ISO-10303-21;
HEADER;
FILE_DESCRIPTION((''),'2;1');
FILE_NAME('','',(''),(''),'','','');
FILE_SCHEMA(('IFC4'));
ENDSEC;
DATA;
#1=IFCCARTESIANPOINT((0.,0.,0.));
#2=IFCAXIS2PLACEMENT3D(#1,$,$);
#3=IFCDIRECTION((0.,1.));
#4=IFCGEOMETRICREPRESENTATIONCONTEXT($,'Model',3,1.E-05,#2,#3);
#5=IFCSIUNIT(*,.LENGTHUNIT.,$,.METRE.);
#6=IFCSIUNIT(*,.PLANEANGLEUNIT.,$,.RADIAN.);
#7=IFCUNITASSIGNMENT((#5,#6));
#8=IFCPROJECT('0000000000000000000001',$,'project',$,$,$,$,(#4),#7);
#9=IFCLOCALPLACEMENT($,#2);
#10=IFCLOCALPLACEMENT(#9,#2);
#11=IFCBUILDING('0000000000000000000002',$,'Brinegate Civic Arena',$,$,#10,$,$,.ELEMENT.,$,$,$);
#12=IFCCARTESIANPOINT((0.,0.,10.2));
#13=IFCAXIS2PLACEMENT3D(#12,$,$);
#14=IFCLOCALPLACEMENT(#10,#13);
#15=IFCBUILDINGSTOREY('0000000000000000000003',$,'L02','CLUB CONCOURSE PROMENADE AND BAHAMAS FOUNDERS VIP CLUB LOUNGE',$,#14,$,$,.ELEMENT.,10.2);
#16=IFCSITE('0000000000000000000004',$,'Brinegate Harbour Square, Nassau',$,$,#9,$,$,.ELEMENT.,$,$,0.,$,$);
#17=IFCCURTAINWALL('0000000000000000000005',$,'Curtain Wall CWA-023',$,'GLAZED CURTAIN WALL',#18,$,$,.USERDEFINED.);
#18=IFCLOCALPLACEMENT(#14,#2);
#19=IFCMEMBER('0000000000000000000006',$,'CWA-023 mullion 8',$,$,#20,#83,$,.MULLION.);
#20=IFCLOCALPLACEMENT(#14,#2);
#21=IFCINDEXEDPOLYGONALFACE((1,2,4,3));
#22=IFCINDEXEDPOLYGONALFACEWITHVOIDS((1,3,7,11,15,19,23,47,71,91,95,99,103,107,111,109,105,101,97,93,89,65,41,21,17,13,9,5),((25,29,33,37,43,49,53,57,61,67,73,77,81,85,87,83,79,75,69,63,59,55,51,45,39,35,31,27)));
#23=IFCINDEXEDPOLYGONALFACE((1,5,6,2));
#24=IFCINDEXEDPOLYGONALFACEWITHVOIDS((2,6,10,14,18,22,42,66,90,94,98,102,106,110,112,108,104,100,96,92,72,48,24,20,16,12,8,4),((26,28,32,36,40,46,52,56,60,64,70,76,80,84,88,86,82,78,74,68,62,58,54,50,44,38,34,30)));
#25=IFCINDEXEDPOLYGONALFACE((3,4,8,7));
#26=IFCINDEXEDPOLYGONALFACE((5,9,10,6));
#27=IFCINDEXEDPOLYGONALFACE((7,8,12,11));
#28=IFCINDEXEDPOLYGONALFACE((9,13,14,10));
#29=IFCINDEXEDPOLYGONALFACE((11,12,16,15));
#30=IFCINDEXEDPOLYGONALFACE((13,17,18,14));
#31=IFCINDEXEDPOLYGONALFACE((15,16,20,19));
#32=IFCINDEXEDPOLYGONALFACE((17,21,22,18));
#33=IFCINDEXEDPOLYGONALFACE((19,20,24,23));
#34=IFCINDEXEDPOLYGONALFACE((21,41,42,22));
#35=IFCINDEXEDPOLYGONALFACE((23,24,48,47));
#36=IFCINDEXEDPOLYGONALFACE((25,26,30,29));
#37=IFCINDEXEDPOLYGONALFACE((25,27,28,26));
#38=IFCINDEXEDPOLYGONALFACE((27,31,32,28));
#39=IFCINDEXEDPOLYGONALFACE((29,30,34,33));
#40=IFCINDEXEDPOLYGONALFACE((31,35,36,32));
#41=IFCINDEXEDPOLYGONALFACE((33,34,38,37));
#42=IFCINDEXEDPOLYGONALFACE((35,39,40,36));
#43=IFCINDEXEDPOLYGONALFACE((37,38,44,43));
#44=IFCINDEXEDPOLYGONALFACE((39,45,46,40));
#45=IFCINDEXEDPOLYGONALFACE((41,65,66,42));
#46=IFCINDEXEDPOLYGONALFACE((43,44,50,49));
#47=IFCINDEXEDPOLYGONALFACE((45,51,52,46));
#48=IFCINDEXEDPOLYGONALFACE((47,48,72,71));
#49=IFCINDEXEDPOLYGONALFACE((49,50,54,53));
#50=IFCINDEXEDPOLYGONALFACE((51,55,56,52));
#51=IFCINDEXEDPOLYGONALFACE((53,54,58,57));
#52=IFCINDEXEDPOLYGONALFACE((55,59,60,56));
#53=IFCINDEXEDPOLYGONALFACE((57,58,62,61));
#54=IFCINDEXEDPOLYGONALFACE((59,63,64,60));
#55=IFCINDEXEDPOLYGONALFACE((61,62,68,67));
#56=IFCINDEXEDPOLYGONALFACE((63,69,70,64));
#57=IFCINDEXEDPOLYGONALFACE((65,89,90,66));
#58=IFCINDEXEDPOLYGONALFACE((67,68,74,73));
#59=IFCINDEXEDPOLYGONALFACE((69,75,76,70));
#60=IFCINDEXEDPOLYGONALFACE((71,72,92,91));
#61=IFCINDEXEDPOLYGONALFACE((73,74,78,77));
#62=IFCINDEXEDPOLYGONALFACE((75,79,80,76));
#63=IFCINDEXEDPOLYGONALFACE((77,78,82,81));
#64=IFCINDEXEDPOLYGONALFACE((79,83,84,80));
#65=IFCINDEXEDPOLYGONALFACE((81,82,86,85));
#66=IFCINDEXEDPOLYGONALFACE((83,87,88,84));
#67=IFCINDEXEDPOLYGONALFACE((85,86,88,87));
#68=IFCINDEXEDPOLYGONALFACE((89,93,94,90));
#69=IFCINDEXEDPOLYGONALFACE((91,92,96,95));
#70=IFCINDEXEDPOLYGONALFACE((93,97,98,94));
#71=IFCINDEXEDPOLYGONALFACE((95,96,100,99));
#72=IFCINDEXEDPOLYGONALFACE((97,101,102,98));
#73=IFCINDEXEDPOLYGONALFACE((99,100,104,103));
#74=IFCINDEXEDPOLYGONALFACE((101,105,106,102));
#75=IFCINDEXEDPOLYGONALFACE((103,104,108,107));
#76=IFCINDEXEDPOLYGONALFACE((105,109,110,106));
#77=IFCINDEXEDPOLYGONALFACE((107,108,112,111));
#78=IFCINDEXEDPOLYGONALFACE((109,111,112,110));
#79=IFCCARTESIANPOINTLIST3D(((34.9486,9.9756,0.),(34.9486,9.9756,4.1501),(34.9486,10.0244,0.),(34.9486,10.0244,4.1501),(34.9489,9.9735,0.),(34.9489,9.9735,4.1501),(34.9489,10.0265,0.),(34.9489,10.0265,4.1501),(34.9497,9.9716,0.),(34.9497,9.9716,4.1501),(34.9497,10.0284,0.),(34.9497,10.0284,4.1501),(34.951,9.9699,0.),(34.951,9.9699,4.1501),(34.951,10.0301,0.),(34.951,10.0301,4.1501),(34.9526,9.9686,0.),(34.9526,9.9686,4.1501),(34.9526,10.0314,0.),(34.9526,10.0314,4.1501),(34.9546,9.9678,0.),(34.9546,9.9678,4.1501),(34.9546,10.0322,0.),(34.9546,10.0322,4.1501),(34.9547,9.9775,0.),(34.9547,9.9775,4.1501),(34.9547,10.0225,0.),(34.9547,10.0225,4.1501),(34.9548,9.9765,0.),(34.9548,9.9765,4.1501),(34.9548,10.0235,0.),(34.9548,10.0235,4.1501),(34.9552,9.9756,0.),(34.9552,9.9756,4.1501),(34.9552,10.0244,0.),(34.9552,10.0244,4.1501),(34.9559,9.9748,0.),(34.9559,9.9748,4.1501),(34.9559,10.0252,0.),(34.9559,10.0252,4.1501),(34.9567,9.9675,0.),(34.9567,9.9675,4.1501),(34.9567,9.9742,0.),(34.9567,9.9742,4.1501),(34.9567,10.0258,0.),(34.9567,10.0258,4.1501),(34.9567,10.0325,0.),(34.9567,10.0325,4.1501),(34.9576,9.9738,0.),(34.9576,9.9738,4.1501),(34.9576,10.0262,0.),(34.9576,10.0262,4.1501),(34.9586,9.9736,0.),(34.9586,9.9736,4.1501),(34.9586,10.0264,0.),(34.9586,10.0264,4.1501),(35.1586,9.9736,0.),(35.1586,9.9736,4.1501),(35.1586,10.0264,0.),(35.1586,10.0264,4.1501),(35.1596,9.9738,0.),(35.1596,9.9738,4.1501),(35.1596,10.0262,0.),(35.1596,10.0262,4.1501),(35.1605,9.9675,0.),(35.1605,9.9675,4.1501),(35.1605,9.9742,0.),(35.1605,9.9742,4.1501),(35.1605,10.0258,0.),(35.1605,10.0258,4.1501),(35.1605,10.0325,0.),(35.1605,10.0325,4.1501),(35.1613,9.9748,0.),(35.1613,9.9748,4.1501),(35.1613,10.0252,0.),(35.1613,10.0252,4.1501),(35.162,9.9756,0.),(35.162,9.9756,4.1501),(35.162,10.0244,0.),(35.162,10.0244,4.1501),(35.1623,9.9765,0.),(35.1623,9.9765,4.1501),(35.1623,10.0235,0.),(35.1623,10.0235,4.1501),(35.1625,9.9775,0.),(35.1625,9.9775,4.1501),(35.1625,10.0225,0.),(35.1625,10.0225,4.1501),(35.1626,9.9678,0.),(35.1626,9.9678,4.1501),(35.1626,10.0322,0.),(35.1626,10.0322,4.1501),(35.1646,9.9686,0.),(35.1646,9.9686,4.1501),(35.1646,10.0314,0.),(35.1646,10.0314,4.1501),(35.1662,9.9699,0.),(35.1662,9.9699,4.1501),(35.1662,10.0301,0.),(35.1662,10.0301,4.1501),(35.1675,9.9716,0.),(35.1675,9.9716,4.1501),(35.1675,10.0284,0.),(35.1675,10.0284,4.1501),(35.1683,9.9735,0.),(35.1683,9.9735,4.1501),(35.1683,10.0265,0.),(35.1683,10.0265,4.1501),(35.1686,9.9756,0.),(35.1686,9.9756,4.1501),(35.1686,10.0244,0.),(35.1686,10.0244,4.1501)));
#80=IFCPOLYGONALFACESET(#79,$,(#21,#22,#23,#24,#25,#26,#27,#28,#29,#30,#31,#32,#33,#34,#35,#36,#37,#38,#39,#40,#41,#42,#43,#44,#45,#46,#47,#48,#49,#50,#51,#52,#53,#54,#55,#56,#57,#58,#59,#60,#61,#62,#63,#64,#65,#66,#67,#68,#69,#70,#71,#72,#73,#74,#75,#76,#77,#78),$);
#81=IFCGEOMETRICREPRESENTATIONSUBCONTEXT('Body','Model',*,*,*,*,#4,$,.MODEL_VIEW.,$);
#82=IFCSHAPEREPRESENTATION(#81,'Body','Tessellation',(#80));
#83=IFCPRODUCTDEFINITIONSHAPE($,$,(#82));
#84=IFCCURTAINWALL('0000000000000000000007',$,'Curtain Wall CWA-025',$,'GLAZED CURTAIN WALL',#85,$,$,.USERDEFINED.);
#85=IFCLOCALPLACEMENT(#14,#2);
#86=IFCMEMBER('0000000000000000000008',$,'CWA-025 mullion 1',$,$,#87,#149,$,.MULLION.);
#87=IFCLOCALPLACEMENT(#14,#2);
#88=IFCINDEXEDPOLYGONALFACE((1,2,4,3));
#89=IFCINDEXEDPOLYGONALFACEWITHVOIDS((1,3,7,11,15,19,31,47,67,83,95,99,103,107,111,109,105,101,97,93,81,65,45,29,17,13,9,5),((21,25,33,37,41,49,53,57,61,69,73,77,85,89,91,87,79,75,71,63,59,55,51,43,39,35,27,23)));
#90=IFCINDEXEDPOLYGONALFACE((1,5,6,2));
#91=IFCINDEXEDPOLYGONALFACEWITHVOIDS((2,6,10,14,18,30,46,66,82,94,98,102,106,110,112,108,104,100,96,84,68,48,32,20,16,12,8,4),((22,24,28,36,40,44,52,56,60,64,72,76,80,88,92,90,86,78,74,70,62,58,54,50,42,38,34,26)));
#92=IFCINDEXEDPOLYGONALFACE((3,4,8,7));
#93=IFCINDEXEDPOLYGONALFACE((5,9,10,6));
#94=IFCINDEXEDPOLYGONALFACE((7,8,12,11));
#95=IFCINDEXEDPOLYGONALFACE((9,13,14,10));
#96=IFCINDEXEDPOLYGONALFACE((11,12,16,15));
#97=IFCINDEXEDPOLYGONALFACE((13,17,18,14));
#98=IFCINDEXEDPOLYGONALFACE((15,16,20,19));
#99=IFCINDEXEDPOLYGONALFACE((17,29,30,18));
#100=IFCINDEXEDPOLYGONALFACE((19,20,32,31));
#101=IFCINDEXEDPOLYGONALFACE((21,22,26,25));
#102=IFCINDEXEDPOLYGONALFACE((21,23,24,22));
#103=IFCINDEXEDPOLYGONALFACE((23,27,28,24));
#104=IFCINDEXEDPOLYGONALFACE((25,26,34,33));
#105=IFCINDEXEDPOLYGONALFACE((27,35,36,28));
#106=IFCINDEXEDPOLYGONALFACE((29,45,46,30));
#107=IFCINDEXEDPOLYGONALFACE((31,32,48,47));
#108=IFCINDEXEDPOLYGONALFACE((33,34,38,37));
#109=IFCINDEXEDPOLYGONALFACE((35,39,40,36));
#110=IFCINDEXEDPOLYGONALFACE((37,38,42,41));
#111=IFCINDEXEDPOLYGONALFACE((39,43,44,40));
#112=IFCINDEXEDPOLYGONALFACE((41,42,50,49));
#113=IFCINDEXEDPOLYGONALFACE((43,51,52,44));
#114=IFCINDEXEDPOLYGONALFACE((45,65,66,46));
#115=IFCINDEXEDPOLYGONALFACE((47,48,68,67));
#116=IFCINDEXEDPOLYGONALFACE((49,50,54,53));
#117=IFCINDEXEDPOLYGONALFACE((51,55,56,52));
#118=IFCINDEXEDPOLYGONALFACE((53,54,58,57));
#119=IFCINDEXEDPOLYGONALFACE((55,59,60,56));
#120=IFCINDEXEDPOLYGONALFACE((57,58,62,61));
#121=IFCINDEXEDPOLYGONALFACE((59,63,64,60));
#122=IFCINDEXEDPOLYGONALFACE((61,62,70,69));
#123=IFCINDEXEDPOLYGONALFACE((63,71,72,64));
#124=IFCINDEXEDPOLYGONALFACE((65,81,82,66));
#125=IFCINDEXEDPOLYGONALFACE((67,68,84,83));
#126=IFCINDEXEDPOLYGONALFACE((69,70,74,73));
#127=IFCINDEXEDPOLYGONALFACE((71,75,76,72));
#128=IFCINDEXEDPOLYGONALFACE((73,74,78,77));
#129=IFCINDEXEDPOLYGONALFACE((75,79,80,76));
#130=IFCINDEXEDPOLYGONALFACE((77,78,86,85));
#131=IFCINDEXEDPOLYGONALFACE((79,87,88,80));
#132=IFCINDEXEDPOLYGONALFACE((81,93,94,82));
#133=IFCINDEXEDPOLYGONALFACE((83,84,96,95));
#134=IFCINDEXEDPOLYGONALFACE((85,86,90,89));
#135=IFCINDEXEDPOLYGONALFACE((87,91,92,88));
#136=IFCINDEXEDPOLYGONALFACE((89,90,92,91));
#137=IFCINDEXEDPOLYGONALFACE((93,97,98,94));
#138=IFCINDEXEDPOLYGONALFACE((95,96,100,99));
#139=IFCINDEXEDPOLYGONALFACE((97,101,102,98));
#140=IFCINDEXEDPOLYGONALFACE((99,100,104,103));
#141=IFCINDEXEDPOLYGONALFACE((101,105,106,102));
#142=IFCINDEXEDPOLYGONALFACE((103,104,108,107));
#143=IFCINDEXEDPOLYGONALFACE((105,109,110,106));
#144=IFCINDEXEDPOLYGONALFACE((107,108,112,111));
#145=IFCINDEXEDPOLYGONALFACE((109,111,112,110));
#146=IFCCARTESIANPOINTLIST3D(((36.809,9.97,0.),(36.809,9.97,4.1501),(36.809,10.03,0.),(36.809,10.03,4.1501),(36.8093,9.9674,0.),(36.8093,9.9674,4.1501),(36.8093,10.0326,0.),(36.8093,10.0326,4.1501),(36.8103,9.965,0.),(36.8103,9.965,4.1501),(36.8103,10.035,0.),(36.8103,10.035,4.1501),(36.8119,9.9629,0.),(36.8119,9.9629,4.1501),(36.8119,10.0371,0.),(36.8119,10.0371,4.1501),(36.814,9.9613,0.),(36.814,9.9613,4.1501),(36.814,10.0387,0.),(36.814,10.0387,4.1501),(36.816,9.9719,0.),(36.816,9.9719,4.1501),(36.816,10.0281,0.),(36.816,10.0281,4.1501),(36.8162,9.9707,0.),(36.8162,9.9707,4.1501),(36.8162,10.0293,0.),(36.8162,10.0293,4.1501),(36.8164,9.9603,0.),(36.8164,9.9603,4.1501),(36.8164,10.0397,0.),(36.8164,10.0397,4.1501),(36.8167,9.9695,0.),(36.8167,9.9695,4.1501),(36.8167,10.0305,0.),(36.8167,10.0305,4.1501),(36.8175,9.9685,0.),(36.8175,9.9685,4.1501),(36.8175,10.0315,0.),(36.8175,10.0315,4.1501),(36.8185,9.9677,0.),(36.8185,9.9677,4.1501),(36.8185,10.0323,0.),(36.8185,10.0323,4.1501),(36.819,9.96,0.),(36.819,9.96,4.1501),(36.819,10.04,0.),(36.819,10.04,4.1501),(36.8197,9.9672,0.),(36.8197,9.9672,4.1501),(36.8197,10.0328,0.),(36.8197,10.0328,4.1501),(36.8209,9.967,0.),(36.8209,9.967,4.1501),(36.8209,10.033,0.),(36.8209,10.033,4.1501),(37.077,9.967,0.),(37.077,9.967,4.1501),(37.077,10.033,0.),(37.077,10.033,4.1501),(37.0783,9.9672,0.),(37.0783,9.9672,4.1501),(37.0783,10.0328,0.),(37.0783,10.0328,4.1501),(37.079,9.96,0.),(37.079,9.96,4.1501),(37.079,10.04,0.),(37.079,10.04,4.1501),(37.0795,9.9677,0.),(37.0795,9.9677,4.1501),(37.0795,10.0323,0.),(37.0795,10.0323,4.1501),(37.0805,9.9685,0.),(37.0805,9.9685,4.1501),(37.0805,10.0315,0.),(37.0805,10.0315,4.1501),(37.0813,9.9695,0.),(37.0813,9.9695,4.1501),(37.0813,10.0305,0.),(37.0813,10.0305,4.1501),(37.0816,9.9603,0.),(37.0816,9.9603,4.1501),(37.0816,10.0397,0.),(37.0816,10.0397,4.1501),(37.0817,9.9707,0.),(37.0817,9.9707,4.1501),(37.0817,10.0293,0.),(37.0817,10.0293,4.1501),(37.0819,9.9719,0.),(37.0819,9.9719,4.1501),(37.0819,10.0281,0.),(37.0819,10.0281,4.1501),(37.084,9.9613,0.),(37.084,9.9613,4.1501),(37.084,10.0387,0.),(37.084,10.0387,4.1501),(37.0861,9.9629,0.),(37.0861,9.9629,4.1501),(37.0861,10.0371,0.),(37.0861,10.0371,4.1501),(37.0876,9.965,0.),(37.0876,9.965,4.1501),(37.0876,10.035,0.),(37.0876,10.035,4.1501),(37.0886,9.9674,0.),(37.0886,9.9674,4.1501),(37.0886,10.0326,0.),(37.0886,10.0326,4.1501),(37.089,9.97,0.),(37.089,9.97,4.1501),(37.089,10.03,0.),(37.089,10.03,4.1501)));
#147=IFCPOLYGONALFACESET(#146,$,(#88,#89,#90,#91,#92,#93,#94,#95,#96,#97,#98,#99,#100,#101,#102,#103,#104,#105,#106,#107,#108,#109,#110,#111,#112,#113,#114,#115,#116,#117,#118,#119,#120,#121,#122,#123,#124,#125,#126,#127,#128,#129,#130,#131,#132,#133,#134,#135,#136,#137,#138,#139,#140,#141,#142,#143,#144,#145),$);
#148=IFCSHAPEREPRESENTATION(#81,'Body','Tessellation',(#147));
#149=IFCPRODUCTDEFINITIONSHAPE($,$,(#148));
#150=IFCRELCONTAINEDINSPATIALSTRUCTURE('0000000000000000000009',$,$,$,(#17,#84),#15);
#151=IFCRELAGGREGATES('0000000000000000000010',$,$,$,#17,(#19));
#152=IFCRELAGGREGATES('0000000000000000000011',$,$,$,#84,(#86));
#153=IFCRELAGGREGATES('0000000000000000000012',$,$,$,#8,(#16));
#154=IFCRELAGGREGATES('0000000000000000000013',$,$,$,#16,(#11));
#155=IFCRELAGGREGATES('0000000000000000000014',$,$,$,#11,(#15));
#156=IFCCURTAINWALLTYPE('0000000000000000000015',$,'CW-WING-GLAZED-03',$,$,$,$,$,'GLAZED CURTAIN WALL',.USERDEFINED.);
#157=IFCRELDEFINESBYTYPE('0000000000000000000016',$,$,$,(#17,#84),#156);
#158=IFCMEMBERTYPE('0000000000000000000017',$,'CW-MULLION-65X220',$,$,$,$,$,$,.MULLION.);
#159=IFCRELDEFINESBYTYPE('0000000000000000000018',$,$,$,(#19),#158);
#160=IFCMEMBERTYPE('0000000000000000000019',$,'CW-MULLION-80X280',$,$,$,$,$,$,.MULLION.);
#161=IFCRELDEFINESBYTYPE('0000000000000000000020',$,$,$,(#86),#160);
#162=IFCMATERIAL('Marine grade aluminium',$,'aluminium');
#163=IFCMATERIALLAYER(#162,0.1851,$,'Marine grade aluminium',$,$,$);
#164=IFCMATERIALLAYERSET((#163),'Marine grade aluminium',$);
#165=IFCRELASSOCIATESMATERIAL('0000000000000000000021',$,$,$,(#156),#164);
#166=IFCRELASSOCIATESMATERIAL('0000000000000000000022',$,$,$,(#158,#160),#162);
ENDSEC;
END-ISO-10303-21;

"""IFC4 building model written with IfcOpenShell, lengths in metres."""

from ifc_helpers import new_model, si_unit, direction, frame, origin, origin_2d, place, context, subcontext, project, spatial, hollow_rectangle, extrude, material, layer, layer_set, material_profile, profile_set, type_object, element, aggregate, save


model = new_model("IFC4")

# Units and contexts
model_context = context("Model", 3, precision=1e-05, world=origin(), true_north=direction((0.0, 1.0)))
body_context = subcontext(model_context, "Body", "Model", "MODEL_VIEW")
ifc_project = project(units=[si_unit("LENGTHUNIT", "METRE"), si_unit("PLANEANGLEUNIT", "RADIAN")], contexts=[model_context])

# Site, building, storey
site_placement = place(None, origin())
site = spatial("IfcSite", under=ifc_project, at=site_placement, Name="Brinegate Harbour Square, Nassau", CompositionType="ELEMENT", RefElevation=0.0)
building_placement = place(site_placement, origin())
building = spatial("IfcBuilding", under=site, at=building_placement, Name="Brinegate Civic Arena", CompositionType="ELEMENT")
storey_placement = place(building_placement, frame((0.0, 0.0, 10.2)))
storey = spatial("IfcBuildingStorey", under=building, at=storey_placement, Name="L02", Description="CLUB CONCOURSE PROMENADE AND BAHAMAS FOUNDERS VIP CLUB LOUNGE", CompositionType="ELEMENT", Elevation=10.2)

# Curtain walls, members
ifc_material_1 = material(Name="Marine grade aluminium", Category="aluminium")
ifc_layer_1 = layer(ifc_material_1, 0.1851, Name="Marine grade aluminium")
ifc_layer_set_1 = layer_set([ifc_layer_1], Name="Marine grade aluminium")
curtain_wall_type = type_object("IfcCurtainWallType", Name="CW-WING-GLAZED-03", ElementType="GLAZED CURTAIN WALL", PredefinedType="USERDEFINED", material=ifc_layer_set_1)
curtain_wall_1_placement = place(storey_placement, origin())
curtain_wall_1 = element("IfcCurtainWall", 1, at=curtain_wall_1_placement, inside=storey, type_object=curtain_wall_type, Name="Curtain Wall CWA-023", ObjectType="GLAZED CURTAIN WALL", PredefinedType="USERDEFINED")
ifc_material_profile_1 = material_profile(ifc_material_1, hollow_rectangle(XDim=0.0649, YDim=0.22, WallThickness=0.0061, InnerFilletRadius=0.0039, OuterFilletRadius=0.0081, at=origin_2d()), Name="MUL65X220")
ifc_profile_set_1 = profile_set([ifc_material_profile_1], Name="Marine grade aluminium")
member_type_1 = type_object("IfcMemberType", Name="CW-MULLION-65X220", PredefinedType="MULLION", material=ifc_profile_set_1)
member_1_placement = place(storey_placement, frame((35.0586, 10.0, 0.0), z_axis=(0.0, 0.0, 1.0), x_axis=(0.0, 1.0, 0.0)))
member_1 = element("IfcMember", 2, at=member_1_placement, type_object=member_type_1, Name="CWA-023 mullion 8", PredefinedType="MULLION", context=body_context, shape_type="SweptSolid", body=[
    extrude(hollow_rectangle(XDim=0.0649, YDim=0.22, WallThickness=0.0061, InnerFilletRadius=0.0039, OuterFilletRadius=0.0081, at=origin_2d()), origin(), (0.0, 0.0, 1.0), 4.1501),
])
curtain_wall_2_placement = place(storey_placement, origin())
curtain_wall_2 = element("IfcCurtainWall", 3, at=curtain_wall_2_placement, inside=storey, type_object=curtain_wall_type, Name="Curtain Wall CWA-025", ObjectType="GLAZED CURTAIN WALL", PredefinedType="USERDEFINED")
ifc_material_profile_2 = material_profile(ifc_material_1, hollow_rectangle(XDim=0.0801, YDim=0.28, WallThickness=0.0071, InnerFilletRadius=0.0049, OuterFilletRadius=0.01, at=origin_2d()), Name="MUL80X280")
ifc_profile_set_2 = profile_set([ifc_material_profile_2], Name="Marine grade aluminium")
member_type_2 = type_object("IfcMemberType", Name="CW-MULLION-80X280", PredefinedType="MULLION", material=ifc_profile_set_2)
member_2_placement = place(storey_placement, frame((36.949, 10.0, 0.0), z_axis=(0.0, 0.0, 1.0), x_axis=(0.0, 1.0, 0.0)))
member_2 = element("IfcMember", 4, at=member_2_placement, type_object=member_type_2, Name="CWA-025 mullion 1", PredefinedType="MULLION", context=body_context, shape_type="SweptSolid", body=[
    extrude(hollow_rectangle(XDim=0.0801, YDim=0.28, WallThickness=0.0071, InnerFilletRadius=0.0049, OuterFilletRadius=0.01, at=origin_2d()), origin(), (0.0, 0.0, 1.0), 4.1501),
])

aggregate(curtain_wall_1, [member_1])
aggregate(curtain_wall_2, [member_2])

save(model, "model.ifc")
